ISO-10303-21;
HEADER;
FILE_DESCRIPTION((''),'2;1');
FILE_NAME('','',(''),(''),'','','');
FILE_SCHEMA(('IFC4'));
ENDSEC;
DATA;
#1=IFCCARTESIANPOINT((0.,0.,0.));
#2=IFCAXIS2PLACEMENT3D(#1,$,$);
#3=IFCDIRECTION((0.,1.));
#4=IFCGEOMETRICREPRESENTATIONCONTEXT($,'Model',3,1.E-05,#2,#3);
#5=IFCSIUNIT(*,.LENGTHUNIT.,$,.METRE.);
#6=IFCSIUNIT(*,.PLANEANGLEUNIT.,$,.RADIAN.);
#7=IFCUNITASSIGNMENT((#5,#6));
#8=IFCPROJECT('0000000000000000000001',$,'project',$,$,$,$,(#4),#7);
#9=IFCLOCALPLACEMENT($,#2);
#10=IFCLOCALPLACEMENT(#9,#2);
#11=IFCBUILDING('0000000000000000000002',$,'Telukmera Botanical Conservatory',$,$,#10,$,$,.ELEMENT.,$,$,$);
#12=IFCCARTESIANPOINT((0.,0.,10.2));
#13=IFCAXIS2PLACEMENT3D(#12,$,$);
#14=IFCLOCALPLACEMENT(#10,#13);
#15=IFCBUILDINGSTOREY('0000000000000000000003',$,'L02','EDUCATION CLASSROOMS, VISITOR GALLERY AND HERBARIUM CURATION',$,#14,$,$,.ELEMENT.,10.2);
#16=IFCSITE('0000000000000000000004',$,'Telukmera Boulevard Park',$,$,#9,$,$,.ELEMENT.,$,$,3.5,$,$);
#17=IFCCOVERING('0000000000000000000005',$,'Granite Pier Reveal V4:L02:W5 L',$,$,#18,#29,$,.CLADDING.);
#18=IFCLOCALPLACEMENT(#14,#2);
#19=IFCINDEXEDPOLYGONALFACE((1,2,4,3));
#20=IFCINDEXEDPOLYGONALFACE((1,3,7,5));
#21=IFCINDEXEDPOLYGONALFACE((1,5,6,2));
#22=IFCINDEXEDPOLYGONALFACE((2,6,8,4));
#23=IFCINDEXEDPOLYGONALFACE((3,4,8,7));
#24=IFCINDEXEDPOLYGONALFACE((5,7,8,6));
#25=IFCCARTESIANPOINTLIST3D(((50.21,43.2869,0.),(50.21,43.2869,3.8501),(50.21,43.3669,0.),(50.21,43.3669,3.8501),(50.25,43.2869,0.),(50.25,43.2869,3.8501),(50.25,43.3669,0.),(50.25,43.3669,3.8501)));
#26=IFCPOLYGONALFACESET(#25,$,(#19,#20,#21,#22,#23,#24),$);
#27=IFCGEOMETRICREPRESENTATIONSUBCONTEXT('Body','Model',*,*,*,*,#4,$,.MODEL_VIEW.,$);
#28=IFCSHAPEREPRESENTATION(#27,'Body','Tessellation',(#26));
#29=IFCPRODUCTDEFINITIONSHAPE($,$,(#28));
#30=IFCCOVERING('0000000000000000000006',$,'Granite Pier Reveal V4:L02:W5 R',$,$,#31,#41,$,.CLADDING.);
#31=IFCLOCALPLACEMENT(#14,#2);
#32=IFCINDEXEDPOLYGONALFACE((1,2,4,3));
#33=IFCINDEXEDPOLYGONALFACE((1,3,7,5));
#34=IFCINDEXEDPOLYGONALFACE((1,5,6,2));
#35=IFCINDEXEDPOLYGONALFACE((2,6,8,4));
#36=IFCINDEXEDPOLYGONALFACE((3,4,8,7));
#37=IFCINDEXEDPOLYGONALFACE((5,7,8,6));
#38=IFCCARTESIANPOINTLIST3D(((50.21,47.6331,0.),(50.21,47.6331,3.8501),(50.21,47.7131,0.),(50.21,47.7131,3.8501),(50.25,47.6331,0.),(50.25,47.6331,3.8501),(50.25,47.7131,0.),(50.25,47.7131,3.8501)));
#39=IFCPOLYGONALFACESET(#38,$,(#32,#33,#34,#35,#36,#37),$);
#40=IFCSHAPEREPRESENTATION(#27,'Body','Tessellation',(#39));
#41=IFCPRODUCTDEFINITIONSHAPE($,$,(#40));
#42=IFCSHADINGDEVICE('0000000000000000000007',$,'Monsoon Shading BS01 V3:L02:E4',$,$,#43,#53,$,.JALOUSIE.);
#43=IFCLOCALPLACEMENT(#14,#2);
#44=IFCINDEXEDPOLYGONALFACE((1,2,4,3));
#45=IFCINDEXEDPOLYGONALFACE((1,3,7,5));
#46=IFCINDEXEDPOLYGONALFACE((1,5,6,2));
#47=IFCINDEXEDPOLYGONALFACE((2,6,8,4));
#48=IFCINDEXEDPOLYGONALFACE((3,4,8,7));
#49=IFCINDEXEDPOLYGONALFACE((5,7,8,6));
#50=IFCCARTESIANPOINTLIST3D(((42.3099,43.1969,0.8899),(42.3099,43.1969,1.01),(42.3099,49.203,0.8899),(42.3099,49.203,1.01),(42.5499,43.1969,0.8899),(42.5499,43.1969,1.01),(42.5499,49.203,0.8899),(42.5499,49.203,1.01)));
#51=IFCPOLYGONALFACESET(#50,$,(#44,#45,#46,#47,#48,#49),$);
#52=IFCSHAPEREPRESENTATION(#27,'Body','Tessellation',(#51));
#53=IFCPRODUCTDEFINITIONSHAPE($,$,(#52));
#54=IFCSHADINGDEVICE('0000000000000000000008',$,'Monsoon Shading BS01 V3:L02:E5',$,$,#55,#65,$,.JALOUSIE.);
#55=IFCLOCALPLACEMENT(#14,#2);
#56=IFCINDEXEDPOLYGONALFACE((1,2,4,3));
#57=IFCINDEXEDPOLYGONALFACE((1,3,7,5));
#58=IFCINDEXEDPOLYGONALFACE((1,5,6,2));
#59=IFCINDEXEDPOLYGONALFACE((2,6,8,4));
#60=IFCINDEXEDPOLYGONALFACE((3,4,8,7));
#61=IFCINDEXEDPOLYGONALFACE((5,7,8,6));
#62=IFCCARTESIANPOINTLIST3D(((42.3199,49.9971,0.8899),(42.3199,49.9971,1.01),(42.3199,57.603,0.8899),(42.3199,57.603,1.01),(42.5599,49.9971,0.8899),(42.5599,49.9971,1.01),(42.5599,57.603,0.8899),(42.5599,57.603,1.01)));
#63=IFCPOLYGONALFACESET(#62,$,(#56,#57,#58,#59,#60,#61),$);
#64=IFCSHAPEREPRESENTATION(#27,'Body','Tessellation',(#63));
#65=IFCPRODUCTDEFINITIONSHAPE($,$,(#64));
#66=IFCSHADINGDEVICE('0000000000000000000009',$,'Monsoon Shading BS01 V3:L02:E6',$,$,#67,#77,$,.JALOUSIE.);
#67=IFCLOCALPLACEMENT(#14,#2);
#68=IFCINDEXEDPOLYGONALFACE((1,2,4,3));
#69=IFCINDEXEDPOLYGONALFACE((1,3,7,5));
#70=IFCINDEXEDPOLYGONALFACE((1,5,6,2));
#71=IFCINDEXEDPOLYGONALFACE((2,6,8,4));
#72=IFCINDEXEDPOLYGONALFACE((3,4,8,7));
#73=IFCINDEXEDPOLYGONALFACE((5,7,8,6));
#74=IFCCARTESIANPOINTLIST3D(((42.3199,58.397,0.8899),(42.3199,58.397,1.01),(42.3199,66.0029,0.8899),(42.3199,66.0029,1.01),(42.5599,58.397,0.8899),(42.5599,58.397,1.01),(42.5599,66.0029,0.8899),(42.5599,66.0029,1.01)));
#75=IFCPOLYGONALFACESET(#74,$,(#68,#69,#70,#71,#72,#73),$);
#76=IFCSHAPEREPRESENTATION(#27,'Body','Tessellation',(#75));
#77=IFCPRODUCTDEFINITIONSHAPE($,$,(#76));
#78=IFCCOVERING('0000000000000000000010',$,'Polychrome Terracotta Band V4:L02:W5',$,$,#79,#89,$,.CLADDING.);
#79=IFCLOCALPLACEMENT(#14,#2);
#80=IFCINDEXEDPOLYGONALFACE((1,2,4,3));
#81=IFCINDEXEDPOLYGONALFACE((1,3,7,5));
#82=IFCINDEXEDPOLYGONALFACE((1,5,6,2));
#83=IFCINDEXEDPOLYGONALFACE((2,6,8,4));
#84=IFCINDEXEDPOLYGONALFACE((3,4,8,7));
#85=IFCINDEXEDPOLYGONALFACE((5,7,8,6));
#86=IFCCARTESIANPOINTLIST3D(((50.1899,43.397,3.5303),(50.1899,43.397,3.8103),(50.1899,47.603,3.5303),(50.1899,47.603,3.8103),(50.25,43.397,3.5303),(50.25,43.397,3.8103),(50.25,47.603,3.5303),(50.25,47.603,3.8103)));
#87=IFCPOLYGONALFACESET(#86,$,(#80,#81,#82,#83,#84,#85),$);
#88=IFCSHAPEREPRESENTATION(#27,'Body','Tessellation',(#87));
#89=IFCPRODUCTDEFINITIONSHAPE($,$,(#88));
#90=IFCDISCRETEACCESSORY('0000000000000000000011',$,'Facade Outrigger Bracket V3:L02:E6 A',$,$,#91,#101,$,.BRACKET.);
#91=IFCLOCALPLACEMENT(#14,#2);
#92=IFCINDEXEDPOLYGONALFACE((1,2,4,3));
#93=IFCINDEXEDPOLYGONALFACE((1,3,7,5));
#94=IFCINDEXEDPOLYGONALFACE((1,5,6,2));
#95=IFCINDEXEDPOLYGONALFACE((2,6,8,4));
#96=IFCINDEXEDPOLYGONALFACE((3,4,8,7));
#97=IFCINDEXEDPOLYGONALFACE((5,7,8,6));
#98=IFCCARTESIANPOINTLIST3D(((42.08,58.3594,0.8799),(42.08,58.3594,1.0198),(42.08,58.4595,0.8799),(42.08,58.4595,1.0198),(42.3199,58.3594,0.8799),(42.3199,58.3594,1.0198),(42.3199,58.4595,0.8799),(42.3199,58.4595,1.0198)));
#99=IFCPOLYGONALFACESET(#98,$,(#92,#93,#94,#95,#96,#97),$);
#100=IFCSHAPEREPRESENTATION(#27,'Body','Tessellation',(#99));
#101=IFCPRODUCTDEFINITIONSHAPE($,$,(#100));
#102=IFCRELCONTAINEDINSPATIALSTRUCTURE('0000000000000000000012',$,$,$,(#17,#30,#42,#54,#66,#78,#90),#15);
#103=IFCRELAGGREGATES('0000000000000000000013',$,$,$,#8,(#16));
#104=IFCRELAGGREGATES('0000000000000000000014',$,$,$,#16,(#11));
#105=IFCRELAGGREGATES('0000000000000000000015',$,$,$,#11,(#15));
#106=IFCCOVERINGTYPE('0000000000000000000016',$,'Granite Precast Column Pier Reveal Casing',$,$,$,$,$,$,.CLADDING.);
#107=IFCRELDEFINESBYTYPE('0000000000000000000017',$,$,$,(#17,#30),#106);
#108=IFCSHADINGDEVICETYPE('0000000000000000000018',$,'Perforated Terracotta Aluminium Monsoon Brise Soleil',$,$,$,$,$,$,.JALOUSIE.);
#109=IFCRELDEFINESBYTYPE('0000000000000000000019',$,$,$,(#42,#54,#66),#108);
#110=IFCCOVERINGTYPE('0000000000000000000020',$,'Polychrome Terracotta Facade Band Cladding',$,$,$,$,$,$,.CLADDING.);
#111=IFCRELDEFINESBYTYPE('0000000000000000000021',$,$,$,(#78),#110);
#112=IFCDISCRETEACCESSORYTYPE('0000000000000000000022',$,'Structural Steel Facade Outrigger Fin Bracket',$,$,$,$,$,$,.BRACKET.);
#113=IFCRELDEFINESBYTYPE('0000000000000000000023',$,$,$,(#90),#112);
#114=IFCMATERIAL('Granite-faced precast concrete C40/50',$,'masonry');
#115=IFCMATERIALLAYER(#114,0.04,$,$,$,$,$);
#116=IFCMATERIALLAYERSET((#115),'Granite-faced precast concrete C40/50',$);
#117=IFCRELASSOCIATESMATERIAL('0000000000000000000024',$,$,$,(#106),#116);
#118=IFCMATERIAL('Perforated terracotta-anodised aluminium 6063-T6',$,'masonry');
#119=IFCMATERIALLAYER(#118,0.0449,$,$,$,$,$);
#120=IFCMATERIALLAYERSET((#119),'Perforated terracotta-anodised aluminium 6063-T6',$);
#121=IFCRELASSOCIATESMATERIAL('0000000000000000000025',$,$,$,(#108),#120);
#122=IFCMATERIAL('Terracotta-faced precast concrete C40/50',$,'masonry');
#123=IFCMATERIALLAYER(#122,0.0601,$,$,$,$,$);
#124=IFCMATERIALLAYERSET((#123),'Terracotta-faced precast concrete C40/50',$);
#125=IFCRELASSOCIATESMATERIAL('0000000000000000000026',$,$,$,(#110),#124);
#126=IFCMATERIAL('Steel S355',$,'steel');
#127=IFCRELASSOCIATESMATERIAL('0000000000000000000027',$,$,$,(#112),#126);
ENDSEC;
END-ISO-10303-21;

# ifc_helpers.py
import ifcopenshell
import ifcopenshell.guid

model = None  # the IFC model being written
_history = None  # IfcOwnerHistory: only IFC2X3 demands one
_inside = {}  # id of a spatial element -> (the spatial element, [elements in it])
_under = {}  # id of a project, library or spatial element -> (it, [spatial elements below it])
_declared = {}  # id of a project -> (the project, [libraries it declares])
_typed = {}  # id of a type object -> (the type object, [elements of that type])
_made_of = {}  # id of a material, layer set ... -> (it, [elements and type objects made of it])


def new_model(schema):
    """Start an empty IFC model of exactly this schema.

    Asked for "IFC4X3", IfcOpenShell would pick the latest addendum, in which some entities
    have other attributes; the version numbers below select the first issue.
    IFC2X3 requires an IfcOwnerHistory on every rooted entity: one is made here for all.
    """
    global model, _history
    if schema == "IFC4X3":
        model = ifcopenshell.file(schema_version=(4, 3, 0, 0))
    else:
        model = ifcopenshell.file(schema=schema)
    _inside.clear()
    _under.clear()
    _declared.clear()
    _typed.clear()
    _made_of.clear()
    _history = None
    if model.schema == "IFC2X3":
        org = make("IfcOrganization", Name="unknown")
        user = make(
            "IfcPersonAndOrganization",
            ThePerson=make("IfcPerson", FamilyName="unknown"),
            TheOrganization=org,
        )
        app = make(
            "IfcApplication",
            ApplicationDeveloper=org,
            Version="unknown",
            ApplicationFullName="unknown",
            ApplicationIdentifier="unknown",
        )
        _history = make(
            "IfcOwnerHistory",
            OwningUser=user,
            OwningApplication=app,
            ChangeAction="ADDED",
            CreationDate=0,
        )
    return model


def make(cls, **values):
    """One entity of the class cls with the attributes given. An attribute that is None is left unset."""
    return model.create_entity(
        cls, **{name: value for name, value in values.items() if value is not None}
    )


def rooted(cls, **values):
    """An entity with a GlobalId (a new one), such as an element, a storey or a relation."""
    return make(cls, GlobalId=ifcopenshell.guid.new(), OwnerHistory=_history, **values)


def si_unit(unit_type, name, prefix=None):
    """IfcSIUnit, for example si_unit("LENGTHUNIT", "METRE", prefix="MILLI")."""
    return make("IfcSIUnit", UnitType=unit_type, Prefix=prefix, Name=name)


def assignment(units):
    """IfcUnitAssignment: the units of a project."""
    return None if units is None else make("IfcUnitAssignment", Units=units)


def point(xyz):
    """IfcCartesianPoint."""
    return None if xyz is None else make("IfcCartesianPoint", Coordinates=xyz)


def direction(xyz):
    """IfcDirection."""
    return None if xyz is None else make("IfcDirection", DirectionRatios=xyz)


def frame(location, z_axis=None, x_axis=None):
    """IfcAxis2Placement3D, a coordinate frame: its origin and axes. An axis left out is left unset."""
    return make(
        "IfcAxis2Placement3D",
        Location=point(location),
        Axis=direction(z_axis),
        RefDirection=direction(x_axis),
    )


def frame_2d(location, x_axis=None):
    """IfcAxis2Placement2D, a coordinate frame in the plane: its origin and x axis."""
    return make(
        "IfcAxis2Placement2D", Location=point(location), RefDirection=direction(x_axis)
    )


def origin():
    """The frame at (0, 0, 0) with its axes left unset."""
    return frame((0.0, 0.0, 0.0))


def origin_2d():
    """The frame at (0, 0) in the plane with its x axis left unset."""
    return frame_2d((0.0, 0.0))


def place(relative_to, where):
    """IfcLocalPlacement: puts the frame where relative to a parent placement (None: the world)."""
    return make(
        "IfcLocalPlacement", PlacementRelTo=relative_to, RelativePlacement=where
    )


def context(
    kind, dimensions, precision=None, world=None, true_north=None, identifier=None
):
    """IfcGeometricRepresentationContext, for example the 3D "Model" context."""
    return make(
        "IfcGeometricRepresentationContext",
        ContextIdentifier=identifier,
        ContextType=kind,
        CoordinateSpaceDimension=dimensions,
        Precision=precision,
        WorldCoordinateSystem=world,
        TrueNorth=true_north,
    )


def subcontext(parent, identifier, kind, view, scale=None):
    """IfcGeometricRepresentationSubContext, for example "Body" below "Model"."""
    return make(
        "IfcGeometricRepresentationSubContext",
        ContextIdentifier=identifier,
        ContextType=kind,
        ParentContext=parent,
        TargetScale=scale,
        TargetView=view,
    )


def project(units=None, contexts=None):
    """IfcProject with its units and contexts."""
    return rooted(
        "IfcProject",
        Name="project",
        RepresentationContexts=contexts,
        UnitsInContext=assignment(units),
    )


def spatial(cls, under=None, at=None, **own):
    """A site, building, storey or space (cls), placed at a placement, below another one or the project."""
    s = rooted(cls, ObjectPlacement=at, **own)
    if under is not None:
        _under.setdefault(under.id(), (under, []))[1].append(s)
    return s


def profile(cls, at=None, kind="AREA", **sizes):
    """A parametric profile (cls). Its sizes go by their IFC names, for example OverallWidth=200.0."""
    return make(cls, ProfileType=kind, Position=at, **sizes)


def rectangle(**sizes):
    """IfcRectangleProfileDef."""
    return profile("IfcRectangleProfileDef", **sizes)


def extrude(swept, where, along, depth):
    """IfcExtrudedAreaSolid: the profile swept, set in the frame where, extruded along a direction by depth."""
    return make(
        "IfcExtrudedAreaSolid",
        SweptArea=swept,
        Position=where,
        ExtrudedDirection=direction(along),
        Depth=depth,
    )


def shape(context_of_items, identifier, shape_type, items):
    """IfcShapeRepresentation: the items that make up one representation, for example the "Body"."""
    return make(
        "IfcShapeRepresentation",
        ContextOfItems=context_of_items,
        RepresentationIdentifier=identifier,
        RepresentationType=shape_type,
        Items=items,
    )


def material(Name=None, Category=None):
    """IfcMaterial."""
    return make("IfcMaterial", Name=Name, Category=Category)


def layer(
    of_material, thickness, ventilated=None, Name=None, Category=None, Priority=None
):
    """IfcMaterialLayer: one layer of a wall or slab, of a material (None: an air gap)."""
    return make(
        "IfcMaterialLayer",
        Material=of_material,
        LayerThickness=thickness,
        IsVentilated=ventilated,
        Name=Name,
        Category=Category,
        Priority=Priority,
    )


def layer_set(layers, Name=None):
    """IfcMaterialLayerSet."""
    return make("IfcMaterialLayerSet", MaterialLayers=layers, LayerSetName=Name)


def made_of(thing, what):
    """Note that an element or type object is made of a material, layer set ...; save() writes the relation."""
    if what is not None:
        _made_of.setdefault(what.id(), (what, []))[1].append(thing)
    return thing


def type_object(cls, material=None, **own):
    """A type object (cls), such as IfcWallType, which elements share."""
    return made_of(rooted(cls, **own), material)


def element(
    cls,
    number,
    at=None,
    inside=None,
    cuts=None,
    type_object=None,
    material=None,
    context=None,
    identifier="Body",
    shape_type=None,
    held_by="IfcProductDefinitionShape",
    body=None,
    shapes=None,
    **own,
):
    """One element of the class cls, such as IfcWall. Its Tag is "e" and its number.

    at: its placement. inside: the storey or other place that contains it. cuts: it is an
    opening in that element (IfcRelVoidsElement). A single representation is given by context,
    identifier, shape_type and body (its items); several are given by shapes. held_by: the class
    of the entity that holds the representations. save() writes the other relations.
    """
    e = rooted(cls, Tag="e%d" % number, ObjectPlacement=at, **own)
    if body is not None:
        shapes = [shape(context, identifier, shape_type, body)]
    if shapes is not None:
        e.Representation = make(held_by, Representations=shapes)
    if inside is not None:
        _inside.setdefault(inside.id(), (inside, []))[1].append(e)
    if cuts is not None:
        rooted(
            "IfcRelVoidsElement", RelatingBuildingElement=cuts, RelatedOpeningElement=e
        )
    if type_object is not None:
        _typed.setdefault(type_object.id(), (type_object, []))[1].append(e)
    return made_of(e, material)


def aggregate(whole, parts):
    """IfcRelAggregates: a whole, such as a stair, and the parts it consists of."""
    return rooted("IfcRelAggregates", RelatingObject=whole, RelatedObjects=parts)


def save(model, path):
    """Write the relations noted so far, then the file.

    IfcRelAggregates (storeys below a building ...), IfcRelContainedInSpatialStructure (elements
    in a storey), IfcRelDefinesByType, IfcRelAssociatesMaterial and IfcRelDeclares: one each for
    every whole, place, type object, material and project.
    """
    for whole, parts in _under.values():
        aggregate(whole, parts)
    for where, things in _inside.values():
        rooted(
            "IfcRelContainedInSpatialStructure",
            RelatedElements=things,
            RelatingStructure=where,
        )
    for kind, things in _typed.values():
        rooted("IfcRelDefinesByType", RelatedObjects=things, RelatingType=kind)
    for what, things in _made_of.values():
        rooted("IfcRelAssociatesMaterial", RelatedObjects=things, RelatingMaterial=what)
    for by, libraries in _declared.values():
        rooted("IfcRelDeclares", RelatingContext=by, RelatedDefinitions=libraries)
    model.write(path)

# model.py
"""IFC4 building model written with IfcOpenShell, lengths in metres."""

from ifc_helpers import new_model, si_unit, direction, frame, origin, origin_2d, place, context, subcontext, project, spatial, rectangle, extrude, material, layer, layer_set, type_object, element, save


model = new_model("IFC4")

# Units and contexts
model_context = context("Model", 3, precision=1e-05, world=origin(), true_north=direction((0.0, 1.0)))
body_context = subcontext(model_context, "Body", "Model", "MODEL_VIEW")
ifc_project = project(units=[si_unit("LENGTHUNIT", "METRE"), si_unit("PLANEANGLEUNIT", "RADIAN")], contexts=[model_context])

# Site, building, storey
site_placement = place(None, origin())
site = spatial("IfcSite", under=ifc_project, at=site_placement, Name="Telukmera Boulevard Park", CompositionType="ELEMENT", RefElevation=3.5)
building_placement = place(site_placement, origin())
building = spatial("IfcBuilding", under=site, at=building_placement, Name="Telukmera Botanical Conservatory", CompositionType="ELEMENT")
storey_placement = place(building_placement, frame((0.0, 0.0, 10.2)))
storey = spatial("IfcBuildingStorey", under=building, at=storey_placement, Name="L02", Description="EDUCATION CLASSROOMS, VISITOR GALLERY AND HERBARIUM CURATION", CompositionType="ELEMENT", Elevation=10.2)

# Shared definitions
ifc_material_1 = material(Name="Terracotta-faced precast concrete C40/50", Category="masonry")

# Coverings
ifc_material_2 = material(Name="Granite-faced precast concrete C40/50", Category="masonry")
ifc_layer_1 = layer(ifc_material_2, 0.04)
ifc_layer_set_1 = layer_set([ifc_layer_1], Name="Granite-faced precast concrete C40/50")
covering_type_1 = type_object("IfcCoveringType", Name="Granite Precast Column Pier Reveal Casing", PredefinedType="CLADDING", material=ifc_layer_set_1)
for number, where, z_axis, x_axis, name in (
    (1, (50.23, 43.3269, 0.0), (0.0, 0.0, 1.0), (0.0, 1.0, 0.0), "Granite Pier Reveal V4:L02:W5 L"),
    (2, (50.23, 47.6731, 0.0), (0.0, 0.0, 1.0), (0.0, 1.0, 0.0), "Granite Pier Reveal V4:L02:W5 R"),
):
    element("IfcCovering", number, at=place(storey_placement, frame(where, z_axis=z_axis, x_axis=x_axis)), inside=storey, type_object=covering_type_1, Name=name, PredefinedType="CLADDING", context=body_context, shape_type="SweptSolid", body=[
        extrude(rectangle(XDim=0.0801, YDim=0.04, at=origin_2d()), origin(), (0.0, 0.0, 1.0), 3.8501),
    ])

# Shading devices
ifc_material_3 = material(Name="Perforated terracotta-anodised aluminium 6063-T6", Category="masonry")
ifc_layer_2 = layer(ifc_material_3, 0.0449)
ifc_layer_set_2 = layer_set([ifc_layer_2], Name="Perforated terracotta-anodised aluminium 6063-T6")
shading_device_type = type_object("IfcShadingDeviceType", Name="Perforated Terracotta Aluminium Monsoon Brise Soleil", PredefinedType="JALOUSIE", material=ifc_layer_set_2)
shading_device_placement = place(storey_placement, frame((42.4299, 46.2, 0.8899), z_axis=(0.0, 0.0, 1.0), x_axis=(0.0, 1.0, 0.0)))
element("IfcShadingDevice", 3, at=shading_device_placement, inside=storey, type_object=shading_device_type, Name="Monsoon Shading BS01 V3:L02:E4", PredefinedType="JALOUSIE", context=body_context, shape_type="SweptSolid", body=[
    extrude(rectangle(XDim=6.0061, YDim=0.24, at=origin_2d()), origin(), (0.0, 0.0, 1.0), 0.1201),
])
for number, where, z_axis, x_axis, name in (
    (4, (42.4399, 53.8, 0.8899), (0.0, 0.0, 1.0), (0.0, 1.0, 0.0), "Monsoon Shading BS01 V3:L02:E5"),
    (5, (42.4399, 62.2, 0.8899), (0.0, 0.0, 1.0), (0.0, 1.0, 0.0), "Monsoon Shading BS01 V3:L02:E6"),
):
    element("IfcShadingDevice", number, at=place(storey_placement, frame(where, z_axis=z_axis, x_axis=x_axis)), inside=storey, type_object=shading_device_type, Name=name, PredefinedType="JALOUSIE", context=body_context, shape_type="SweptSolid", body=[
        extrude(rectangle(XDim=7.606, YDim=0.24, at=origin_2d()), origin(), (0.0, 0.0, 1.0), 0.1201),
    ])

# Covering
ifc_layer_3 = layer(ifc_material_1, 0.0601)
ifc_layer_set_3 = layer_set([ifc_layer_3], Name="Terracotta-faced precast concrete C40/50")
covering_type_2 = type_object("IfcCoveringType", Name="Polychrome Terracotta Facade Band Cladding", PredefinedType="CLADDING", material=ifc_layer_set_3)
covering_placement = place(storey_placement, frame((50.22, 45.5, 3.5303), z_axis=(0.0, 0.0, 1.0), x_axis=(0.0, 1.0, 0.0)))
element("IfcCovering", 6, at=covering_placement, inside=storey, type_object=covering_type_2, Name="Polychrome Terracotta Band V4:L02:W5", PredefinedType="CLADDING", context=body_context, shape_type="SweptSolid", body=[
    extrude(rectangle(XDim=4.2061, YDim=0.0601, at=origin_2d()), origin(), (0.0, 0.0, 1.0), 0.28),
])

# Discrete accessory
ifc_material_4 = material(Name="Steel S355", Category="steel")
discrete_accessory_type = type_object("IfcDiscreteAccessoryType", Name="Structural Steel Facade Outrigger Fin Bracket", PredefinedType="BRACKET", material=ifc_material_4)
discrete_accessory_placement = place(storey_placement, frame((42.2, 58.4094, 0.8799), z_axis=(0.0, 0.0, 1.0), x_axis=(0.0, 1.0, 0.0)))
element("IfcDiscreteAccessory", 7, at=discrete_accessory_placement, inside=storey, type_object=discrete_accessory_type, Name="Facade Outrigger Bracket V3:L02:E6 A", PredefinedType="BRACKET", context=body_context, shape_type="SweptSolid", body=[
    extrude(rectangle(XDim=0.1001, YDim=0.24, at=origin_2d()), origin(), (0.0, 0.0, 1.0), 0.1399),
])

save(model, "model.ifc")
